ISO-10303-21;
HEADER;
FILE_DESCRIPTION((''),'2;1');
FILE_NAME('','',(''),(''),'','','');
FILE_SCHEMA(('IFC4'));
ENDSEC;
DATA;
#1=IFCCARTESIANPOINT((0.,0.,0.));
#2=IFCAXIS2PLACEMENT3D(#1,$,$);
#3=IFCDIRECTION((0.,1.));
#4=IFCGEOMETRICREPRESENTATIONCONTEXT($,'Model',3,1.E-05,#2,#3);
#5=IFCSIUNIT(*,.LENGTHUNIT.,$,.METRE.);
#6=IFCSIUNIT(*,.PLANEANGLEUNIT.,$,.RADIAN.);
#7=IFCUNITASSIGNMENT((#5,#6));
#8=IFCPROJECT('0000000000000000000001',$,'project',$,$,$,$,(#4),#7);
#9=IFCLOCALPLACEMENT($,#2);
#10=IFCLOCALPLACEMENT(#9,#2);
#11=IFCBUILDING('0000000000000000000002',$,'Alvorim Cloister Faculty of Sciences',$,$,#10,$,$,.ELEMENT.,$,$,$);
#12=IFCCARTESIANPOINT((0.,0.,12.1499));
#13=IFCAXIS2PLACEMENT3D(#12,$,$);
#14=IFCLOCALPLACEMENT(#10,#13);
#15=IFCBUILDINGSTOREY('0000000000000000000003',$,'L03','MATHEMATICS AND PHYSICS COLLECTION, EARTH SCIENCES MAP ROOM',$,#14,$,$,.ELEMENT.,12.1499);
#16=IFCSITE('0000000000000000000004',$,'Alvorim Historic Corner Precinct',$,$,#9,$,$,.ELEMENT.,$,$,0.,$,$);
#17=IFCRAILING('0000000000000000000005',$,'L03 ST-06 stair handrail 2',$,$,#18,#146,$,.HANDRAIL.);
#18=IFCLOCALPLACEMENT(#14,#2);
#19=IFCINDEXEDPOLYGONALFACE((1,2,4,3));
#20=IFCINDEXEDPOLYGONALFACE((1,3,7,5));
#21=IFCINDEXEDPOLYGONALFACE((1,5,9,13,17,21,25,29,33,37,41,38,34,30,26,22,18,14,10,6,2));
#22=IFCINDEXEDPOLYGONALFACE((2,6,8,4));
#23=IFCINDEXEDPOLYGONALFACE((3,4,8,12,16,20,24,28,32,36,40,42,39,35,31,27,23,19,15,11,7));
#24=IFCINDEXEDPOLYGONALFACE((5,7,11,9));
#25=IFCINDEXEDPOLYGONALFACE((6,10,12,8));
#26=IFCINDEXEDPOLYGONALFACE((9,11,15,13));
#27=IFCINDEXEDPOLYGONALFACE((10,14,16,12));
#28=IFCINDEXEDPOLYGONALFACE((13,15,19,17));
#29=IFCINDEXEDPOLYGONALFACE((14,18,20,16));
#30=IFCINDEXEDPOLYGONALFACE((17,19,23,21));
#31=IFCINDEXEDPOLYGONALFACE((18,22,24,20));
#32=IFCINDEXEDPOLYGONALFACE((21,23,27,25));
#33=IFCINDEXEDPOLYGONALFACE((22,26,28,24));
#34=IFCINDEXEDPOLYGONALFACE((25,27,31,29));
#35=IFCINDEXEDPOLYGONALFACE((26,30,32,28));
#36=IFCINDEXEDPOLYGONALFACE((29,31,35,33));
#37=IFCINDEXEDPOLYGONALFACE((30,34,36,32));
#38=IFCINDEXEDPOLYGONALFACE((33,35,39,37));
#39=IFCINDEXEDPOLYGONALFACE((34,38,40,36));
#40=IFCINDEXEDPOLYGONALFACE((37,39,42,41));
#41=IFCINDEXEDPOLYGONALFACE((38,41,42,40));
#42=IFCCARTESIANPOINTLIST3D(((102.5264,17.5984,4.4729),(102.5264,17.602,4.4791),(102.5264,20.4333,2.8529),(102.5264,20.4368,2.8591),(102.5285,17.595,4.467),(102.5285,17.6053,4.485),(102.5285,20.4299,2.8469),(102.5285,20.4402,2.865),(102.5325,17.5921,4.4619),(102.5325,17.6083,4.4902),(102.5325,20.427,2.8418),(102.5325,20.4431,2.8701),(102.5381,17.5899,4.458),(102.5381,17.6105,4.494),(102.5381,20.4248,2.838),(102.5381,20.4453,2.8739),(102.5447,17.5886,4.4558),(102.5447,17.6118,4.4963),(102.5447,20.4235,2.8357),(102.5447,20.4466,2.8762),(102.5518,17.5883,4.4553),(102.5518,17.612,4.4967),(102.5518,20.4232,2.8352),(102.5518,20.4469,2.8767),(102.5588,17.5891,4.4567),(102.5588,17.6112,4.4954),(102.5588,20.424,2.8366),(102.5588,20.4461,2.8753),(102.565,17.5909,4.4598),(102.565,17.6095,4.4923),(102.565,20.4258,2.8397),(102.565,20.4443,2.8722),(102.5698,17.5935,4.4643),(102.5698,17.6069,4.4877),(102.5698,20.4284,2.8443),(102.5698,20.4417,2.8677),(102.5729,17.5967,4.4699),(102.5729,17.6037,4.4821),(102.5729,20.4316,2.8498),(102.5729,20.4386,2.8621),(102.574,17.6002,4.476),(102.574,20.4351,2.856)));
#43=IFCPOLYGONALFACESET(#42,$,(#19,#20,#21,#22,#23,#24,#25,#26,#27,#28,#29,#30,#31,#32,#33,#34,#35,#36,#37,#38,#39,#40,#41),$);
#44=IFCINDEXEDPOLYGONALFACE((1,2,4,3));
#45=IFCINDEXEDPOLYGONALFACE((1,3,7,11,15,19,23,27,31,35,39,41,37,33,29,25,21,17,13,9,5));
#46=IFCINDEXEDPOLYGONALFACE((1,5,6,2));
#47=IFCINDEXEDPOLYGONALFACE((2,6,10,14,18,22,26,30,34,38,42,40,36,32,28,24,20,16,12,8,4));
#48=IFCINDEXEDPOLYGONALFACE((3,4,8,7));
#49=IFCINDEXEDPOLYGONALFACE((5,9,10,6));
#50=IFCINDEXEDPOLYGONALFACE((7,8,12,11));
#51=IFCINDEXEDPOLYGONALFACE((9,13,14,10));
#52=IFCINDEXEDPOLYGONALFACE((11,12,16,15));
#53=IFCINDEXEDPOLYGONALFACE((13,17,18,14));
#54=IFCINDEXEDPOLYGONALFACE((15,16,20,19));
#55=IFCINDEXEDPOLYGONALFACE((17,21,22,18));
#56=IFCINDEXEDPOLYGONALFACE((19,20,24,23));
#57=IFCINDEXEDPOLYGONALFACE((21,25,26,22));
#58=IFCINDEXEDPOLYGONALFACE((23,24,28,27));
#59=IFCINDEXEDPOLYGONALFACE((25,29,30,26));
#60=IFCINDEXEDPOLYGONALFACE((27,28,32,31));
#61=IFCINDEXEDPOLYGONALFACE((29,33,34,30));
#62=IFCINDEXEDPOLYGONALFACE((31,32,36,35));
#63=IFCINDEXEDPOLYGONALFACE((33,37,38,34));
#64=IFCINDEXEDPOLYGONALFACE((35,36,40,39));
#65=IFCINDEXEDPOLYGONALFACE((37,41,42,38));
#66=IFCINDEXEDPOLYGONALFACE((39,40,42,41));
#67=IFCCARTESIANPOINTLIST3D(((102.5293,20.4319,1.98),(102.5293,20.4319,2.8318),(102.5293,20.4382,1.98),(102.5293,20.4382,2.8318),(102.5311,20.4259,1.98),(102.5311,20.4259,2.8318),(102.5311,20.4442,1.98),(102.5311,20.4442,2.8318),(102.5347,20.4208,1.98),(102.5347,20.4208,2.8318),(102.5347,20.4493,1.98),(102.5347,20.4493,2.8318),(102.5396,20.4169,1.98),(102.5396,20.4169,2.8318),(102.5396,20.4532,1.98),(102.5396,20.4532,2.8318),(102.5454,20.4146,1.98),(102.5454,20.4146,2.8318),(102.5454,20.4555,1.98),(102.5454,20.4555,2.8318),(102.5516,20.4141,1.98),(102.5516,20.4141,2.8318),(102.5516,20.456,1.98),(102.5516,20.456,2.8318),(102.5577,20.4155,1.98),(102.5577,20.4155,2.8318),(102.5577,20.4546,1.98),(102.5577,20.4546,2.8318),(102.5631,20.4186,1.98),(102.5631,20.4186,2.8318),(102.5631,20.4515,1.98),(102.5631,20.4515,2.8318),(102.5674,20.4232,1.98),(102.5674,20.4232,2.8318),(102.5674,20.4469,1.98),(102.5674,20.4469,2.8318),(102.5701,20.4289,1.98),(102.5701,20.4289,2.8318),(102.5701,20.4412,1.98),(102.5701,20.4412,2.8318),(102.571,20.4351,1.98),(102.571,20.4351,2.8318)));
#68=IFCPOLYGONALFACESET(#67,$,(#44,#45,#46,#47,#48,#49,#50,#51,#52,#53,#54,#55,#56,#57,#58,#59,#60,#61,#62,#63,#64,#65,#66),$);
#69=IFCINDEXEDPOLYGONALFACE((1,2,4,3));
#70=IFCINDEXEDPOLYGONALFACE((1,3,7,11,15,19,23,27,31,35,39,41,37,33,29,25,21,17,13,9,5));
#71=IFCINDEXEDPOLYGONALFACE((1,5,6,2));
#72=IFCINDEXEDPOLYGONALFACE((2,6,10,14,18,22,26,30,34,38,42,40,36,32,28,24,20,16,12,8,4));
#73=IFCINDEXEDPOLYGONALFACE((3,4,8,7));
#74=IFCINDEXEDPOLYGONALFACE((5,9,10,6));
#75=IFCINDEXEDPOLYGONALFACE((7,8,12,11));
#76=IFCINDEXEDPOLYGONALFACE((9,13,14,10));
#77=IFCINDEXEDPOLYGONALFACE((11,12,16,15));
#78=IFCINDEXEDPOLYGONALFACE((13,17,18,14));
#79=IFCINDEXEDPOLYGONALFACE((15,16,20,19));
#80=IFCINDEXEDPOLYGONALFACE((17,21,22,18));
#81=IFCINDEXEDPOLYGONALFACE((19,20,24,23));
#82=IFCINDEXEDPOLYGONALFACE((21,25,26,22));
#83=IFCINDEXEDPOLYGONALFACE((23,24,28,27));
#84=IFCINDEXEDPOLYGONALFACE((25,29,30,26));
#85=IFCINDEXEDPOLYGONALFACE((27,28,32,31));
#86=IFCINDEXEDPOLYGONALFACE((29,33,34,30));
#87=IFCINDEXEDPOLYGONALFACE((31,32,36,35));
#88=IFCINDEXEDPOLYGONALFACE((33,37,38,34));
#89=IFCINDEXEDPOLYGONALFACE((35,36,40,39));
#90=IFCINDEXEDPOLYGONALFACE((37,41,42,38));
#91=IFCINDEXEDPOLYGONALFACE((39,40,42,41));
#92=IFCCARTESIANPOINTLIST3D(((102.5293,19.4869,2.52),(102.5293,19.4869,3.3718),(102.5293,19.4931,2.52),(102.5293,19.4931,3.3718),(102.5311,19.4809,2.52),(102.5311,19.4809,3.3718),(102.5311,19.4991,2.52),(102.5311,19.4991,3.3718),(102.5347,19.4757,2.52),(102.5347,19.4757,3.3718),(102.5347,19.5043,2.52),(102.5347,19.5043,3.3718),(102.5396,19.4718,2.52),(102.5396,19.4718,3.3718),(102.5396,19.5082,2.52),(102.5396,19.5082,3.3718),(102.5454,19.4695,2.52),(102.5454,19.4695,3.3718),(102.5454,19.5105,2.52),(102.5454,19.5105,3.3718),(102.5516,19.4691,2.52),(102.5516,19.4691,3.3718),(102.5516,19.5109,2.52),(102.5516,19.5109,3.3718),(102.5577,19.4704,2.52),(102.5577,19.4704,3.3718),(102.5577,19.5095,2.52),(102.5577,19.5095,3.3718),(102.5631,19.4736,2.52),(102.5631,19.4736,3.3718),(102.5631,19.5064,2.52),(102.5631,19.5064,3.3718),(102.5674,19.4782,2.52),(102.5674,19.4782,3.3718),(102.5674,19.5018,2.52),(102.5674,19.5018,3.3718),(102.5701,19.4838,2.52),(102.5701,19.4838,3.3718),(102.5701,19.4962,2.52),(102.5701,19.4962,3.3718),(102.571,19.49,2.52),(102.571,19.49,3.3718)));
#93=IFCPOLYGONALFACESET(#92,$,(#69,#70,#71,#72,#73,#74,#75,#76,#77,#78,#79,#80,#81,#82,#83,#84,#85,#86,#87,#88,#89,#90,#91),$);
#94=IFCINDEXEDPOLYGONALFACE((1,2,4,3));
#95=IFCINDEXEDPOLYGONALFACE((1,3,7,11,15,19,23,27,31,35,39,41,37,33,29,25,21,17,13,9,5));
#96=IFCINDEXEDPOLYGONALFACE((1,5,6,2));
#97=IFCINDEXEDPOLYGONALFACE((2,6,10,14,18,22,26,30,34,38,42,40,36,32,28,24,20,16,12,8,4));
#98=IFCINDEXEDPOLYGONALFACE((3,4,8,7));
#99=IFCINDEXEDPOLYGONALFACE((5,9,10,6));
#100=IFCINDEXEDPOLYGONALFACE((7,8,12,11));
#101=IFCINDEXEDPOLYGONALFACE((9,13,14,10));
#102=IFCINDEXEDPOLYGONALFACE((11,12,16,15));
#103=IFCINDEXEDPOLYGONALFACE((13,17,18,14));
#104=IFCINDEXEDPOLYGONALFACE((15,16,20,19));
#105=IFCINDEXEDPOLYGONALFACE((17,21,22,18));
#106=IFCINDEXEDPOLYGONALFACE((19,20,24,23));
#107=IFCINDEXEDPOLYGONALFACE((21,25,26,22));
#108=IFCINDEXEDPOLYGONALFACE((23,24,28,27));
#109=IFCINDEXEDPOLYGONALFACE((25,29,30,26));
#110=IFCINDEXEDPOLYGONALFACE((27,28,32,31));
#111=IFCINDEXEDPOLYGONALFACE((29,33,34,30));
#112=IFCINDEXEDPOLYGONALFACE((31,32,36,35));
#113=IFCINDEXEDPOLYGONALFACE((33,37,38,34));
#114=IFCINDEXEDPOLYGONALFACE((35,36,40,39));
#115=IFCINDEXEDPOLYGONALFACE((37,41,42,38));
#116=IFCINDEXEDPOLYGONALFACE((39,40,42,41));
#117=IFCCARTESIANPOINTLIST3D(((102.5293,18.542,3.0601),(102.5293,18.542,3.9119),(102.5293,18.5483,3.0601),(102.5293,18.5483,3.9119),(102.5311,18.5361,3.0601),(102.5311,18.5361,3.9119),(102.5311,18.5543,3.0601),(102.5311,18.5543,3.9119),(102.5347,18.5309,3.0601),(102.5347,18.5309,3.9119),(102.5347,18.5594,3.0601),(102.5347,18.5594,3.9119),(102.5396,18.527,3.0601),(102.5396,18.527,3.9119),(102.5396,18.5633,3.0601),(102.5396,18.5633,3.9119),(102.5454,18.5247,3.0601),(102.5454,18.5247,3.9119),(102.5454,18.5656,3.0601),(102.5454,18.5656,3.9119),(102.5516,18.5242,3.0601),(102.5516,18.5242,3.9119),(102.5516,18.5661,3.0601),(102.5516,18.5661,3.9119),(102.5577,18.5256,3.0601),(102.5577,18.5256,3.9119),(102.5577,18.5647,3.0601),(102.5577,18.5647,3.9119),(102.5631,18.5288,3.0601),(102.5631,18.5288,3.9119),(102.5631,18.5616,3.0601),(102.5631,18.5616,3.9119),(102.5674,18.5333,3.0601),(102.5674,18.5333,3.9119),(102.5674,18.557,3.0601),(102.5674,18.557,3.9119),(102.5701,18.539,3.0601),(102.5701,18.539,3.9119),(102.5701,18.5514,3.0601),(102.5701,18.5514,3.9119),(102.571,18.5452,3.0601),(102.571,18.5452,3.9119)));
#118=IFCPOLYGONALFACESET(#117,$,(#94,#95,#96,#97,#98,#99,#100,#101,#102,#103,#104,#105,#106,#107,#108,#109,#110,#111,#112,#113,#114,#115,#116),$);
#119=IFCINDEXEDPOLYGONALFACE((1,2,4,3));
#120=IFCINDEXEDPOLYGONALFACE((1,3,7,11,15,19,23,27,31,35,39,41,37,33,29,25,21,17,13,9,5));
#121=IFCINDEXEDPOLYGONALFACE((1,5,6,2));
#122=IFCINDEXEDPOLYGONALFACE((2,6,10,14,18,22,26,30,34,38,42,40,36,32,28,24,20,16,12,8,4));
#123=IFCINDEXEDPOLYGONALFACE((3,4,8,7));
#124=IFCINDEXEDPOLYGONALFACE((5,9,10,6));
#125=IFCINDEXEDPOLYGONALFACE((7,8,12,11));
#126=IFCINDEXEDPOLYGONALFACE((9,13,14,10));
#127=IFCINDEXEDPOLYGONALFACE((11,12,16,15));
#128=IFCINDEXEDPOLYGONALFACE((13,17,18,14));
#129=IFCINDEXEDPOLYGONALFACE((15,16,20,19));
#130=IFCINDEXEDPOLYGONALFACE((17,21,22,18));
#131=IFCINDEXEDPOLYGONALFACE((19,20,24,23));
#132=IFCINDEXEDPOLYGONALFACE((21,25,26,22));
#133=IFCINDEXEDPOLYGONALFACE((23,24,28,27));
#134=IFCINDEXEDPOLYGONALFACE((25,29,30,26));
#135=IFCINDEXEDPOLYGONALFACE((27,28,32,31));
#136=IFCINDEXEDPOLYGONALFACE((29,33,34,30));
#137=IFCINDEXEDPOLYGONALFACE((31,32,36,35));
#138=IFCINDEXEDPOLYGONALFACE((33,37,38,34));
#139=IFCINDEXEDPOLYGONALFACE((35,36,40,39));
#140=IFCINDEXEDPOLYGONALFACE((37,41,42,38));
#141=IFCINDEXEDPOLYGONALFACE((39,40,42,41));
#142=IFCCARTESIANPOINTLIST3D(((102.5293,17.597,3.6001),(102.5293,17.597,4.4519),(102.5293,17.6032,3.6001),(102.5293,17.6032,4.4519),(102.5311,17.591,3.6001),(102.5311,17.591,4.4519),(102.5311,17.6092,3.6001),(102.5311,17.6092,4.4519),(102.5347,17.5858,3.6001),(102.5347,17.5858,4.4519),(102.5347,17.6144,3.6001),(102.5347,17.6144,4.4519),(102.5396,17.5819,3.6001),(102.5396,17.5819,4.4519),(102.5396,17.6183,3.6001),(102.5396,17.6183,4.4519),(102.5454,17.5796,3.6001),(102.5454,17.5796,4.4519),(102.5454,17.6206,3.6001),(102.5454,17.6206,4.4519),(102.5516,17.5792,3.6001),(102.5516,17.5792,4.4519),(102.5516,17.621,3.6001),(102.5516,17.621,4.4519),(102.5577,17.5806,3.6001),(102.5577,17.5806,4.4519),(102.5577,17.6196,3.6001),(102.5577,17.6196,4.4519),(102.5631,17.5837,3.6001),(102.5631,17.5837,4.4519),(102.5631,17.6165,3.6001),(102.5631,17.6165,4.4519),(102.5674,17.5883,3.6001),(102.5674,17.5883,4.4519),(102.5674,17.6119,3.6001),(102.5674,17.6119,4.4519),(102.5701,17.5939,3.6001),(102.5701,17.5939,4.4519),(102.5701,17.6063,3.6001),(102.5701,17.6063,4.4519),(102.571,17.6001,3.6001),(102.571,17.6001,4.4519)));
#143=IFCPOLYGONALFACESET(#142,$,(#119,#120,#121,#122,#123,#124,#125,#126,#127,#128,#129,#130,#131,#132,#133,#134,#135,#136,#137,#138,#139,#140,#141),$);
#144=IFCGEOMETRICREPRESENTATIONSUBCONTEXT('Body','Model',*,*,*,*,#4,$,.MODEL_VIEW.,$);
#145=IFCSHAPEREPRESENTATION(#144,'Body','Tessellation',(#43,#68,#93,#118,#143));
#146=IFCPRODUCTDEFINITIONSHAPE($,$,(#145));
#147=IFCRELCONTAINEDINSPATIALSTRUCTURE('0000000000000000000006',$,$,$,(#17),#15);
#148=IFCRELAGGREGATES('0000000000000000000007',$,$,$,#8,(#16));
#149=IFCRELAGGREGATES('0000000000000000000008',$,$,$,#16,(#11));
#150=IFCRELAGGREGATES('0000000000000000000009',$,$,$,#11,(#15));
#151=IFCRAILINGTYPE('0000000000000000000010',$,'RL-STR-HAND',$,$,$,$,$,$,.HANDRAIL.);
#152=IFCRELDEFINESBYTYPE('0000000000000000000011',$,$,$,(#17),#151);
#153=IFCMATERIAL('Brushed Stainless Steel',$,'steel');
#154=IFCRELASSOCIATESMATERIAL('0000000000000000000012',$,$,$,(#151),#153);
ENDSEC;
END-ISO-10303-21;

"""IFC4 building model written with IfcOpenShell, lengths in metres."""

from ifc_helpers import new_model, si_unit, direction, frame, origin, origin_2d, place, context, subcontext, project, spatial, circle, extrude, material, type_object, element, save


model = new_model("IFC4")

# Units and contexts
model_context = context("Model", 3, precision=1e-05, world=origin(), true_north=direction((0.0, 1.0)))
body_context = subcontext(model_context, "Body", "Model", "MODEL_VIEW")
ifc_project = project(units=[si_unit("LENGTHUNIT", "METRE"), si_unit("PLANEANGLEUNIT", "RADIAN")], contexts=[model_context])

# Site, building, storey
site_placement = place(None, origin())
site = spatial("IfcSite", under=ifc_project, at=site_placement, Name="Alvorim Historic Corner Precinct", CompositionType="ELEMENT", RefElevation=0.0)
building_placement = place(site_placement, origin())
building = spatial("IfcBuilding", under=site, at=building_placement, Name="Alvorim Cloister Faculty of Sciences", CompositionType="ELEMENT")
storey_placement = place(building_placement, frame((0.0, 0.0, 12.1499)))
storey = spatial("IfcBuildingStorey", under=building, at=storey_placement, Name="L03", Description="MATHEMATICS AND PHYSICS COLLECTION, EARTH SCIENCES MAP ROOM", CompositionType="ELEMENT", Elevation=12.1499)

# Railing
ifc_material_1 = material(Name="Brushed Stainless Steel", Category="steel")
railing_type_1 = type_object("IfcRailingType", Name="RL-STR-HAND", PredefinedType="HANDRAIL", material=ifc_material_1)
railing_1_placement = place(storey_placement, frame((102.55, 20.4351, 1.98)))
element("IfcRailing", 1, at=railing_1_placement, inside=storey, type_object=railing_type_1, Name="L03 ST-06 stair handrail 2", PredefinedType="HANDRAIL", context=body_context, shape_type="SweptSolid", body=[
    extrude(circle(Radius=0.0239, at=origin_2d()), frame((0.0, 0.0, 0.876), z_axis=(0.0, -0.868225, 0.496171), x_axis=(1.0, 0.0, 0.0)), (0.0, 0.0, 1.0), 3.2651),
    extrude(circle(Radius=0.021, at=origin_2d()), origin(), (0.0, 0.0, 1.0), 0.8518),
    extrude(circle(Radius=0.021, at=origin_2d()), frame((0.0, -0.9451, 0.54)), (0.0, 0.0, 1.0), 0.8518),
    extrude(circle(Radius=0.021, at=origin_2d()), frame((0.0, -1.8899, 1.0801)), (0.0, 0.0, 1.0), 0.8518),
    extrude(circle(Radius=0.021, at=origin_2d()), frame((0.0, -2.835, 1.6201)), (0.0, 0.0, 1.0), 0.8518),
])

save(model, "model.ifc")
